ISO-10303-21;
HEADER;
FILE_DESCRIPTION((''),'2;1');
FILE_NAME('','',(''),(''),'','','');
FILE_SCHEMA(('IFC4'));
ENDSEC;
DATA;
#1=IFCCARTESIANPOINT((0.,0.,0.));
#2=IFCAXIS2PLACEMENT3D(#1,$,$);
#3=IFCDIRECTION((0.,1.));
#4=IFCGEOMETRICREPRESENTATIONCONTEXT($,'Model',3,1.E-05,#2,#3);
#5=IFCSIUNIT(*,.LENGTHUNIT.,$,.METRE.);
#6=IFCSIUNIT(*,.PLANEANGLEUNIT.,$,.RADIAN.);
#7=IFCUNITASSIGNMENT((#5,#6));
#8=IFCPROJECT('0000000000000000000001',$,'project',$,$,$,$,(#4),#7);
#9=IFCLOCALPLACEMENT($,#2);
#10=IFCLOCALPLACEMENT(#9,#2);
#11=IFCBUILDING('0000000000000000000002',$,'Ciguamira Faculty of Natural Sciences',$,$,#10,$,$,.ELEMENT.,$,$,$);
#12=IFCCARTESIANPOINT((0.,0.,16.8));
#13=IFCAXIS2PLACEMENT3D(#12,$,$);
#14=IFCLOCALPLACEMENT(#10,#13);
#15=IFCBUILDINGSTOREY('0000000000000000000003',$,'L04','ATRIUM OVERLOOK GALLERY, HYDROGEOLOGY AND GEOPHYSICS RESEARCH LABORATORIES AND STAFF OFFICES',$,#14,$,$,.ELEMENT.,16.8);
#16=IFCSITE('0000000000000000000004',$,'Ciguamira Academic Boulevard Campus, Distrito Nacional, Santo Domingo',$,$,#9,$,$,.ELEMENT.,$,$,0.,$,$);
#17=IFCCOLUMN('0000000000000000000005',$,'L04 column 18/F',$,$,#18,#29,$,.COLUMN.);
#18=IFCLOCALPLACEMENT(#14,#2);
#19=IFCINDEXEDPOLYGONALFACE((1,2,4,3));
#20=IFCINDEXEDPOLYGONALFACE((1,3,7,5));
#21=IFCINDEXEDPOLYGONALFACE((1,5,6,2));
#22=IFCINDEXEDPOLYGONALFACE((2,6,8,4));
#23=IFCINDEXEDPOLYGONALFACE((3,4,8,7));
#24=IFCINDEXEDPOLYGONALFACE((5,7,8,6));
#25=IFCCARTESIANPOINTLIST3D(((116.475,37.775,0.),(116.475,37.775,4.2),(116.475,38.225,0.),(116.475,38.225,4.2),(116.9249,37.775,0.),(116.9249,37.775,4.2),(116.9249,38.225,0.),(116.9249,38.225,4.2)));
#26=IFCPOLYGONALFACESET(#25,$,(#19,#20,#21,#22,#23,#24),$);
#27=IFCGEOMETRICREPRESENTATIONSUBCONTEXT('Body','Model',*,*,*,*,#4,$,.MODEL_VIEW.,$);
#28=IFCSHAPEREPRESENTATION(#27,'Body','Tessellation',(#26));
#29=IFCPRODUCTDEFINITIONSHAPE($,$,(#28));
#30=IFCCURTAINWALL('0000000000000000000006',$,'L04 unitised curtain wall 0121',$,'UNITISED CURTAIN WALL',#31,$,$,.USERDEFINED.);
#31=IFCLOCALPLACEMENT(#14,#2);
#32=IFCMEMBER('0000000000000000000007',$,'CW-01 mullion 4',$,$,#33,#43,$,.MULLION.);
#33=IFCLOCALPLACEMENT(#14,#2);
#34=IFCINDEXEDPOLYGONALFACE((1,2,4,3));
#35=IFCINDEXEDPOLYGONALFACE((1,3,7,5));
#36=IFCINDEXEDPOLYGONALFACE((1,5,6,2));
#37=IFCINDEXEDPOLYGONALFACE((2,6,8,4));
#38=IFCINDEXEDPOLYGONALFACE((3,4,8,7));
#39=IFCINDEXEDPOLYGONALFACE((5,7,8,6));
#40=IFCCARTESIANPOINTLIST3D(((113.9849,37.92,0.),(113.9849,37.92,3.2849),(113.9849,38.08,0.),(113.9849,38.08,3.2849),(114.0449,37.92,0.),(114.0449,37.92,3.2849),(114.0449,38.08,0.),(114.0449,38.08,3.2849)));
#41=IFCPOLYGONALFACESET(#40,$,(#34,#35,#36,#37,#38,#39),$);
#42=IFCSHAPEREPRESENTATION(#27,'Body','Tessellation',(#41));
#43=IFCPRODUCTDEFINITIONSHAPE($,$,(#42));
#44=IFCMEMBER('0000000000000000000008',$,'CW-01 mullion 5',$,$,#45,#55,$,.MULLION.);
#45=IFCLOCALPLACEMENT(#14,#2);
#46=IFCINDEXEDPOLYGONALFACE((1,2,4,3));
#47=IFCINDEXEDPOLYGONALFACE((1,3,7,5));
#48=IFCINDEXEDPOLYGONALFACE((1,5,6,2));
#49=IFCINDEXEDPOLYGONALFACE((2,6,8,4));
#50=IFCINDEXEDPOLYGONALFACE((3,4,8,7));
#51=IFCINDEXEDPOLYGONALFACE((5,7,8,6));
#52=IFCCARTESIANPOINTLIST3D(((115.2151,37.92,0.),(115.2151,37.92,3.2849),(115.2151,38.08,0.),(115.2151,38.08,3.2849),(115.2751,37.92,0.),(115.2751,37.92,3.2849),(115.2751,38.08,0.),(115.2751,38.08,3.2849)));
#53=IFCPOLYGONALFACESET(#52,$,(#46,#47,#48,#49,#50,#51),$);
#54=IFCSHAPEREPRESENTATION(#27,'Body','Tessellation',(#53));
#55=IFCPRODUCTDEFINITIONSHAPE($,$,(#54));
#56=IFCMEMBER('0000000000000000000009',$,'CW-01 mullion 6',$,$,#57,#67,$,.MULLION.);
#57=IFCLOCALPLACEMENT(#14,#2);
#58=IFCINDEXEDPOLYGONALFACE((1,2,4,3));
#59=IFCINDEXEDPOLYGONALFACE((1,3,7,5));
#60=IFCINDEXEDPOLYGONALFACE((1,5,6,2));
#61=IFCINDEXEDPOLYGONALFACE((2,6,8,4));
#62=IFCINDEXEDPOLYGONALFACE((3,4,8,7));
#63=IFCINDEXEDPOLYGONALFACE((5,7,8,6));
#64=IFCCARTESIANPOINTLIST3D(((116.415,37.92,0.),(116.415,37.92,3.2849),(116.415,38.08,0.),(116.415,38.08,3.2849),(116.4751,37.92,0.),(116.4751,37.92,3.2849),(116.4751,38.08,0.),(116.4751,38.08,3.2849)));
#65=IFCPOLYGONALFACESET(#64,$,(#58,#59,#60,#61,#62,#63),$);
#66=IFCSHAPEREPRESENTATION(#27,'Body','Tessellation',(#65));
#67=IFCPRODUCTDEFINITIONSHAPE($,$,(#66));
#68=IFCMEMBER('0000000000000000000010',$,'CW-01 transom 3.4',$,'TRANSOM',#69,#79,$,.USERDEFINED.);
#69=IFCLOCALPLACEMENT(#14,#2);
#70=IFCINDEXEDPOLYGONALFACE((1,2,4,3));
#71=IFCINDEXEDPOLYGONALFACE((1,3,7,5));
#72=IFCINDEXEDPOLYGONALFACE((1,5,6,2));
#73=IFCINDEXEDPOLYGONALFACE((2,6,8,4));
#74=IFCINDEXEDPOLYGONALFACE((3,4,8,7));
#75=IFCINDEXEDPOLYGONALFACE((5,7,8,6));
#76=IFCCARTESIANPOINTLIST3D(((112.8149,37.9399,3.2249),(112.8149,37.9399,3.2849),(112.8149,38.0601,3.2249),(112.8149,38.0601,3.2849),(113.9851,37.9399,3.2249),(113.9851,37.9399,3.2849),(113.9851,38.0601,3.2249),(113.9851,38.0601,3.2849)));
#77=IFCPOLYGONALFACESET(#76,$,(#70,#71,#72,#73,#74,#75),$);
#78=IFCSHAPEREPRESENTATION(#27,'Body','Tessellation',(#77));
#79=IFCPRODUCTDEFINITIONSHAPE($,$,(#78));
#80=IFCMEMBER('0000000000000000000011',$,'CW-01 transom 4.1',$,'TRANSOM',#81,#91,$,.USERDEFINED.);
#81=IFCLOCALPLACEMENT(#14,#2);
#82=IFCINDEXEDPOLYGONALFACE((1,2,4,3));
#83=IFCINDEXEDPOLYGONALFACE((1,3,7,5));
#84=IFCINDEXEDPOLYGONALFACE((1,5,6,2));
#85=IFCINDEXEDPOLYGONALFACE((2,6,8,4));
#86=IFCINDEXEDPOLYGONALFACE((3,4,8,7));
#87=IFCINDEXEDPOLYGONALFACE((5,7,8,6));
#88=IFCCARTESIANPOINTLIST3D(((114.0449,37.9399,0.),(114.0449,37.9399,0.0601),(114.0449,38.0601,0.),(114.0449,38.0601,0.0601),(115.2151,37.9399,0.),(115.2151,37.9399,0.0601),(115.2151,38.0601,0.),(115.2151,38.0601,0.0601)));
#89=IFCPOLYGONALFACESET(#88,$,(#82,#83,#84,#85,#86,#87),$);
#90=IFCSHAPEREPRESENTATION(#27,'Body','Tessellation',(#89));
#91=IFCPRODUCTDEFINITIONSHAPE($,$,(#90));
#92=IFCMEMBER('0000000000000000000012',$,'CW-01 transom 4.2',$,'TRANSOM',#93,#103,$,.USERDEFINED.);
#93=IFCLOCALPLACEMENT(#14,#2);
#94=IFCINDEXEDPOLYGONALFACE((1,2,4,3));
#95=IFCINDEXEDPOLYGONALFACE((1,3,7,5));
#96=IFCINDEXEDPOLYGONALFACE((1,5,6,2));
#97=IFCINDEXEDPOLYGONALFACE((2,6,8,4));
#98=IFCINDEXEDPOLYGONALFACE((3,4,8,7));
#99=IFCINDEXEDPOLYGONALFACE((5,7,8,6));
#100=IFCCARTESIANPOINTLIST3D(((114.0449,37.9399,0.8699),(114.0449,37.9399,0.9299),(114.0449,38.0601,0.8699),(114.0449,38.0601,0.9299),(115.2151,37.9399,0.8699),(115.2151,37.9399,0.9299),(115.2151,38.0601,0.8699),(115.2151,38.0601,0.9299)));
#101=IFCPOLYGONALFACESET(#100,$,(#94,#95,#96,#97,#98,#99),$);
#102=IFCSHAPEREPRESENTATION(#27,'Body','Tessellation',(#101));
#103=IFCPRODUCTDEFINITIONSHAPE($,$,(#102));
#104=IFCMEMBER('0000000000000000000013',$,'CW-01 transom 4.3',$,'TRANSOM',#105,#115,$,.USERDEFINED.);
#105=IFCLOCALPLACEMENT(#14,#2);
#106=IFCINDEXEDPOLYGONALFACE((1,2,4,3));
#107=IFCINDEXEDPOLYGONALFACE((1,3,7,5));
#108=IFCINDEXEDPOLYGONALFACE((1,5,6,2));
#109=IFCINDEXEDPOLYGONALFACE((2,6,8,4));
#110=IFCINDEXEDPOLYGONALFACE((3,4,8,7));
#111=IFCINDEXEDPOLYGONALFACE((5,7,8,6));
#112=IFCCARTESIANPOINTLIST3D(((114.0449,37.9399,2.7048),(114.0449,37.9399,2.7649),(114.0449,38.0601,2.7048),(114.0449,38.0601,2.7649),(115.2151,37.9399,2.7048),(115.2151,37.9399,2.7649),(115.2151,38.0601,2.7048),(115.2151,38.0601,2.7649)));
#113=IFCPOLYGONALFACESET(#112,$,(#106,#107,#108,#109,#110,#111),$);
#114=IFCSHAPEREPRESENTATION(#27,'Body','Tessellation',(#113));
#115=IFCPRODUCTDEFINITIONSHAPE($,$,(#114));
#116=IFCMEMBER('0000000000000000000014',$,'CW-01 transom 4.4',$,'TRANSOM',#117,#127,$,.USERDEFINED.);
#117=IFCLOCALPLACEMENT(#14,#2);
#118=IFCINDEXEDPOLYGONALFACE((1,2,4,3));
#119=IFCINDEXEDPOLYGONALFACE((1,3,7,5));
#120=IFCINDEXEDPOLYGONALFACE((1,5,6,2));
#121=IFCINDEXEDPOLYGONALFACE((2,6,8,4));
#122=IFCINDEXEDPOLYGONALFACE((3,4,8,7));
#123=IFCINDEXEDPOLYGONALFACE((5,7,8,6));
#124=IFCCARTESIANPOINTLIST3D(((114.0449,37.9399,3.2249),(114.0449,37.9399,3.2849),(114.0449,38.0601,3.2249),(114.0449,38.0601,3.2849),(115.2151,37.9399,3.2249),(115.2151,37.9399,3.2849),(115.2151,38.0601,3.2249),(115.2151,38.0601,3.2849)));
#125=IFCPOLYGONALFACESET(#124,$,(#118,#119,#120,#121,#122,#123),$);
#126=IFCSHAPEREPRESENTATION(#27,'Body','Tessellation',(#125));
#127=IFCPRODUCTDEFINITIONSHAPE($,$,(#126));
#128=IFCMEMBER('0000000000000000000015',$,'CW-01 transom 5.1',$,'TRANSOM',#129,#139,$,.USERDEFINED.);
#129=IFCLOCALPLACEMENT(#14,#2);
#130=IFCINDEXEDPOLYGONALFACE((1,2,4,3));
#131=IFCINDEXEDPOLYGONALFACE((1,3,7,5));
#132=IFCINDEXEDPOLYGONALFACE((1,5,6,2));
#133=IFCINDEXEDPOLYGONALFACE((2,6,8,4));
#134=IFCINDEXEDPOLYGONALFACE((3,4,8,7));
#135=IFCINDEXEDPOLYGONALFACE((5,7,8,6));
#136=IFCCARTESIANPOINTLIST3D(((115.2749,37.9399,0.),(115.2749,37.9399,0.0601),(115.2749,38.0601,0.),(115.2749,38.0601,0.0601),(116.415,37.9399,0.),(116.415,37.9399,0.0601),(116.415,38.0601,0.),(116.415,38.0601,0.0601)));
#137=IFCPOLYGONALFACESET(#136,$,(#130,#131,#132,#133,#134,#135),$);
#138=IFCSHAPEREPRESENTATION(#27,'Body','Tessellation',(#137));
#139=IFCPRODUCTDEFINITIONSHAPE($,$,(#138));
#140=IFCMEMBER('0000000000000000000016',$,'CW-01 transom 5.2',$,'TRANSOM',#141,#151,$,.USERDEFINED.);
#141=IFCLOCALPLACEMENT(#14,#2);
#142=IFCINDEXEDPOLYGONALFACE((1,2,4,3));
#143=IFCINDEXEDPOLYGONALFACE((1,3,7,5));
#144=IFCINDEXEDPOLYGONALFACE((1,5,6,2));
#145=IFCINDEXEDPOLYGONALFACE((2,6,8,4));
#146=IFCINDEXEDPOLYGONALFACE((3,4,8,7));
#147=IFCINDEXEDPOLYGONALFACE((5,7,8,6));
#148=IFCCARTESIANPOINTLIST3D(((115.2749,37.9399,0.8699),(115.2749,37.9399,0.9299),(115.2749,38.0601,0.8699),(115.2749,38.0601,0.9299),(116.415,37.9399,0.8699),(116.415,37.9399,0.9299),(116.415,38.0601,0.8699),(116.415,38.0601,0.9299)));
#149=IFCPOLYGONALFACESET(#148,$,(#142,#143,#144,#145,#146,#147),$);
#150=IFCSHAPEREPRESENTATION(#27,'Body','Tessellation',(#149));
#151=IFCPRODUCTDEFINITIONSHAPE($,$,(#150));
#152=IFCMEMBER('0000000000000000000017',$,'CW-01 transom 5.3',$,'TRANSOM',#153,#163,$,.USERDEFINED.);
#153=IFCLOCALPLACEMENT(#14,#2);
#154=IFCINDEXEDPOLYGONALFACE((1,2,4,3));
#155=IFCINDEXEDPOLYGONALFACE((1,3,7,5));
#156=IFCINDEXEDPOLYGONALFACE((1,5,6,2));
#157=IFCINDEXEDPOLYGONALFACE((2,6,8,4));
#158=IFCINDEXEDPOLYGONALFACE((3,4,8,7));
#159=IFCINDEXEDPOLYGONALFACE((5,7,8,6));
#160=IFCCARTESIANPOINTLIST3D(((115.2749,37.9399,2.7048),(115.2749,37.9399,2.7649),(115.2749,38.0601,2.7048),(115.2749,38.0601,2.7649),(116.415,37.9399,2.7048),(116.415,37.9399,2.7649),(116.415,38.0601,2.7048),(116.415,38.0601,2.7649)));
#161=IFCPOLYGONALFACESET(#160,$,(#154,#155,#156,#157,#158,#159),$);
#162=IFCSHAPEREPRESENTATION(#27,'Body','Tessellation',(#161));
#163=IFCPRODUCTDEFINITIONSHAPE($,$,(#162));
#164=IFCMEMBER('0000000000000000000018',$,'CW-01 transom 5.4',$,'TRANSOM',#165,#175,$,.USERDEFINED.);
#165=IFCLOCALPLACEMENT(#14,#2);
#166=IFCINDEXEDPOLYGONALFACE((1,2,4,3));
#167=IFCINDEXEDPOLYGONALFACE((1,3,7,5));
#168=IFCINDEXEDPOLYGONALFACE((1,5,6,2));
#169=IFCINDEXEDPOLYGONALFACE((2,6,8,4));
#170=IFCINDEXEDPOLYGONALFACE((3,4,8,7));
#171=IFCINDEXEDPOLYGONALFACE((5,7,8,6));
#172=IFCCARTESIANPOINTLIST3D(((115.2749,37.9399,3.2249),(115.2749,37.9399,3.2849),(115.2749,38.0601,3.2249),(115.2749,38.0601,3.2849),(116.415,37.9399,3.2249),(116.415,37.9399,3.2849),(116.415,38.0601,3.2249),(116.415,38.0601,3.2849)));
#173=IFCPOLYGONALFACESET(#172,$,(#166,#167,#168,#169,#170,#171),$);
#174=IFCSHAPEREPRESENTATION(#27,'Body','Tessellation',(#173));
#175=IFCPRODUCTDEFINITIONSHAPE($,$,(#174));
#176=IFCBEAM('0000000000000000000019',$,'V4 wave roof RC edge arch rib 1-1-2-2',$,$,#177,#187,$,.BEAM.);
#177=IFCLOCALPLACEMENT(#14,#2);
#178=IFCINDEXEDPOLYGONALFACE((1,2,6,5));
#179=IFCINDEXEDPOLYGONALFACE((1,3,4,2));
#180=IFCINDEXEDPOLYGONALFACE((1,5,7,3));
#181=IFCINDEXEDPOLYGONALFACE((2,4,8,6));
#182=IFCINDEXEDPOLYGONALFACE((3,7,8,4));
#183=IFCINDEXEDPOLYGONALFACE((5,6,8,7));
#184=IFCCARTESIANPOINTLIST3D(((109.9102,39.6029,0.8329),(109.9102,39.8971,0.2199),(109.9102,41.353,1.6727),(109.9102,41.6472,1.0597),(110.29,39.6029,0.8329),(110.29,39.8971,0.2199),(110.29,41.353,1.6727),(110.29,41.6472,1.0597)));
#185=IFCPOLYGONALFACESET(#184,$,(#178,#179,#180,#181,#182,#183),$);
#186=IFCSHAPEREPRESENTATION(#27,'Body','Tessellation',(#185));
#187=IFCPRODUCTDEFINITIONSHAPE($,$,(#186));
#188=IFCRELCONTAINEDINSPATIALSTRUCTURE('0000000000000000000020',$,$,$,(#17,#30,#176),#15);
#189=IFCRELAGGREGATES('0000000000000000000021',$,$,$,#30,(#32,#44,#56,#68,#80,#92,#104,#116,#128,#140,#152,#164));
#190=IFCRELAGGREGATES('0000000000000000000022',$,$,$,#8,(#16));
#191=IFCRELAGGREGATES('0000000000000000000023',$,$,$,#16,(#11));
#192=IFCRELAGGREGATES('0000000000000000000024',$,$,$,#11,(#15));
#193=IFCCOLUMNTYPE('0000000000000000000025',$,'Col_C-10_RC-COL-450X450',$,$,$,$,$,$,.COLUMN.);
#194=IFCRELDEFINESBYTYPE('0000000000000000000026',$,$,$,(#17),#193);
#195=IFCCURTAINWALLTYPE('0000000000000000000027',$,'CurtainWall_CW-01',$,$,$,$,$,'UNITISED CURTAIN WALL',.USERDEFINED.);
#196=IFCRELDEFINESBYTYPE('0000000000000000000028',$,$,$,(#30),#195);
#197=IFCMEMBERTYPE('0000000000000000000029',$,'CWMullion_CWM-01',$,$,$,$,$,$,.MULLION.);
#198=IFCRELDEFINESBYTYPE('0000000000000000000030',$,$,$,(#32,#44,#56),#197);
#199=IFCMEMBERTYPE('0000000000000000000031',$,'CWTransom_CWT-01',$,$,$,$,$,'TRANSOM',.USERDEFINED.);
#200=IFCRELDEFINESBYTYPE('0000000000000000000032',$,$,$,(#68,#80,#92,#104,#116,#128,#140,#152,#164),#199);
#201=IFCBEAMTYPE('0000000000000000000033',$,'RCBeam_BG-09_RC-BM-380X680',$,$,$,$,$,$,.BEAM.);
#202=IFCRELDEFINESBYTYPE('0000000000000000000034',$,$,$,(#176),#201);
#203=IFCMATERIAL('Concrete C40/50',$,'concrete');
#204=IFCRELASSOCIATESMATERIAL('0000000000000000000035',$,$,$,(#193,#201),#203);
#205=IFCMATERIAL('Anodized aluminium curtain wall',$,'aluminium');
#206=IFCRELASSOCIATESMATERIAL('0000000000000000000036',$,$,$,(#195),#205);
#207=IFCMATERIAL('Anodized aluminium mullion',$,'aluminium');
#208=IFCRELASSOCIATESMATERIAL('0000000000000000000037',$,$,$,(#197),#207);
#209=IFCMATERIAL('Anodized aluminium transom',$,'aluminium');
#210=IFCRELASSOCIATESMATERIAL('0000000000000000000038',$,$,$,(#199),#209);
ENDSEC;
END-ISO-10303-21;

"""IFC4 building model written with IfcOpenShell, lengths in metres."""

from ifc_helpers import new_model, si_unit, direction, frame, origin, origin_2d, place, context, subcontext, project, spatial, rectangle, extrude, material, material_profile, profile_set, type_object, element, aggregate, save


model = new_model("IFC4")

# Units and contexts
model_context = context("Model", 3, precision=1e-05, world=origin(), true_north=direction((0.0, 1.0)))
body_context = subcontext(model_context, "Body", "Model", "MODEL_VIEW")
ifc_project = project(units=[si_unit("LENGTHUNIT", "METRE"), si_unit("PLANEANGLEUNIT", "RADIAN")], contexts=[model_context])

# Site, building, storey
site_placement = place(None, origin())
site = spatial("IfcSite", under=ifc_project, at=site_placement, Name="Ciguamira Academic Boulevard Campus, Distrito Nacional, Santo Domingo", CompositionType="ELEMENT", RefElevation=0.0)
building_placement = place(site_placement, origin())
building = spatial("IfcBuilding", under=site, at=building_placement, Name="Ciguamira Faculty of Natural Sciences", CompositionType="ELEMENT")
storey_placement = place(building_placement, frame((0.0, 0.0, 16.8)))
storey = spatial("IfcBuildingStorey", under=building, at=storey_placement, Name="L04", Description="ATRIUM OVERLOOK GALLERY, HYDROGEOLOGY AND GEOPHYSICS RESEARCH LABORATORIES AND STAFF OFFICES", CompositionType="ELEMENT", Elevation=16.8)

# Column
ifc_material_1 = material(Name="Concrete C40/50", Category="concrete")
ifc_material_profile_1 = material_profile(ifc_material_1, rectangle(XDim=0.45, YDim=0.45, at=origin_2d()), Name="RC-COL-450X450")
ifc_profile_set_1 = profile_set([ifc_material_profile_1], Name="Concrete C40/50")
column_type = type_object("IfcColumnType", Name="Col_C-10_RC-COL-450X450", PredefinedType="COLUMN", material=ifc_profile_set_1)
column_placement = place(storey_placement, frame((116.7, 38.0, 0.0), z_axis=(0.0, 0.0, 1.0), x_axis=(1.0, 0.0, 0.0)))
element("IfcColumn", 1, at=column_placement, inside=storey, type_object=column_type, Name="L04 column 18/F", PredefinedType="COLUMN", context=body_context, shape_type="SweptSolid", body=[
    extrude(rectangle(XDim=0.45, YDim=0.45, at=origin_2d()), origin(), (0.0, 0.0, 1.0), 4.2),
])

# Curtain wall, members
ifc_material_2 = material(Name="Anodized aluminium curtain wall", Category="aluminium")
curtain_wall_type = type_object("IfcCurtainWallType", Name="CurtainWall_CW-01", ElementType="UNITISED CURTAIN WALL", PredefinedType="USERDEFINED", material=ifc_material_2)
curtain_wall_placement = place(storey_placement, origin())
curtain_wall = element("IfcCurtainWall", 2, at=curtain_wall_placement, inside=storey, type_object=curtain_wall_type, Name="L04 unitised curtain wall 0121", ObjectType="UNITISED CURTAIN WALL", PredefinedType="USERDEFINED")
ifc_material_3 = material(Name="Anodized aluminium mullion", Category="aluminium")
ifc_material_profile_2 = material_profile(ifc_material_3, rectangle(XDim=0.0601, YDim=0.1599, at=origin_2d()), Name="ALU-MUL-60X160")
ifc_profile_set_2 = profile_set([ifc_material_profile_2], Name="Anodized aluminium mullion")
member_type_1 = type_object("IfcMemberType", Name="CWMullion_CWM-01", PredefinedType="MULLION", material=ifc_profile_set_2)
member_1_placement = place(storey_placement, frame((114.0149, 38.0, 0.0), z_axis=(0.0, 0.0, 1.0), x_axis=(1.0, 0.0, 0.0)))
member_1 = element("IfcMember", 3, at=member_1_placement, type_object=member_type_1, Name="CW-01 mullion 4", PredefinedType="MULLION", context=body_context, shape_type="SweptSolid", body=[
    extrude(rectangle(XDim=0.0601, YDim=0.1599, at=origin_2d()), origin(), (0.0, 0.0, 1.0), 3.2849),
])
member_2_placement = place(storey_placement, frame((115.2451, 38.0, 0.0), z_axis=(0.0, 0.0, 1.0), x_axis=(1.0, 0.0, 0.0)))
member_2 = element("IfcMember", 4, at=member_2_placement, type_object=member_type_1, Name="CW-01 mullion 5", PredefinedType="MULLION", context=body_context, shape_type="SweptSolid", body=[
    extrude(rectangle(XDim=0.0601, YDim=0.1599, at=origin_2d()), origin(), (0.0, 0.0, 1.0), 3.2849),
])
member_3_placement = place(storey_placement, frame((116.4451, 38.0, 0.0), z_axis=(0.0, 0.0, 1.0), x_axis=(1.0, 0.0, 0.0)))
member_3 = element("IfcMember", 5, at=member_3_placement, type_object=member_type_1, Name="CW-01 mullion 6", PredefinedType="MULLION", context=body_context, shape_type="SweptSolid", body=[
    extrude(rectangle(XDim=0.0601, YDim=0.1599, at=origin_2d()), origin(), (0.0, 0.0, 1.0), 3.2849),
])
ifc_material_4 = material(Name="Anodized aluminium transom", Category="aluminium")
ifc_material_profile_3 = material_profile(ifc_material_4, rectangle(XDim=0.0601, YDim=0.1201, at=origin_2d()), Name="ALU-TRN-60X120")
ifc_profile_set_3 = profile_set([ifc_material_profile_3], Name="Anodized aluminium transom")
member_type_2 = type_object("IfcMemberType", Name="CWTransom_CWT-01", ElementType="TRANSOM", PredefinedType="USERDEFINED", material=ifc_profile_set_3)
member_4_placement = place(storey_placement, frame((112.8149, 38.0, 3.2549), z_axis=(1.0, 0.0, 0.0), x_axis=(0.0, 0.0, 1.0)))
member_4 = element("IfcMember", 6, at=member_4_placement, type_object=member_type_2, Name="CW-01 transom 3.4", ObjectType="TRANSOM", PredefinedType="USERDEFINED", context=body_context, shape_type="SweptSolid", body=[
    extrude(rectangle(XDim=0.0601, YDim=0.1201, at=origin_2d()), origin(), (0.0, 0.0, 1.0), 1.1702),
])
member_5_placement = place(storey_placement, frame((114.0449, 38.0, 0.03), z_axis=(1.0, 0.0, 0.0), x_axis=(0.0, 0.0, 1.0)))
member_5 = element("IfcMember", 7, at=member_5_placement, type_object=member_type_2, Name="CW-01 transom 4.1", ObjectType="TRANSOM", PredefinedType="USERDEFINED", context=body_context, shape_type="SweptSolid", body=[
    extrude(rectangle(XDim=0.0601, YDim=0.1201, at=origin_2d()), origin(), (0.0, 0.0, 1.0), 1.1702),
])
member_6_placement = place(storey_placement, frame((114.0449, 38.0, 0.8999), z_axis=(1.0, 0.0, 0.0), x_axis=(0.0, 0.0, 1.0)))
member_6 = element("IfcMember", 8, at=member_6_placement, type_object=member_type_2, Name="CW-01 transom 4.2", ObjectType="TRANSOM", PredefinedType="USERDEFINED", context=body_context, shape_type="SweptSolid", body=[
    extrude(rectangle(XDim=0.0601, YDim=0.1201, at=origin_2d()), origin(), (0.0, 0.0, 1.0), 1.1702),
])
member_7_placement = place(storey_placement, frame((114.0449, 38.0, 2.7349), z_axis=(1.0, 0.0, 0.0), x_axis=(0.0, 0.0, 1.0)))
member_7 = element("IfcMember", 9, at=member_7_placement, type_object=member_type_2, Name="CW-01 transom 4.3", ObjectType="TRANSOM", PredefinedType="USERDEFINED", context=body_context, shape_type="SweptSolid", body=[
    extrude(rectangle(XDim=0.0601, YDim=0.1201, at=origin_2d()), origin(), (0.0, 0.0, 1.0), 1.1702),
])
member_8_placement = place(storey_placement, frame((114.0449, 38.0, 3.2549), z_axis=(1.0, 0.0, 0.0), x_axis=(0.0, 0.0, 1.0)))
member_8 = element("IfcMember", 10, at=member_8_placement, type_object=member_type_2, Name="CW-01 transom 4.4", ObjectType="TRANSOM", PredefinedType="USERDEFINED", context=body_context, shape_type="SweptSolid", body=[
    extrude(rectangle(XDim=0.0601, YDim=0.1201, at=origin_2d()), origin(), (0.0, 0.0, 1.0), 1.1702),
])
member_9_placement = place(storey_placement, frame((115.2749, 38.0, 0.03), z_axis=(1.0, 0.0, 0.0), x_axis=(0.0, 0.0, 1.0)))
member_9 = element("IfcMember", 11, at=member_9_placement, type_object=member_type_2, Name="CW-01 transom 5.1", ObjectType="TRANSOM", PredefinedType="USERDEFINED", context=body_context, shape_type="SweptSolid", body=[
    extrude(rectangle(XDim=0.0601, YDim=0.1201, at=origin_2d()), origin(), (0.0, 0.0, 1.0), 1.1401),
])
member_10_placement = place(storey_placement, frame((115.2749, 38.0, 0.8999), z_axis=(1.0, 0.0, 0.0), x_axis=(0.0, 0.0, 1.0)))
member_10 = element("IfcMember", 12, at=member_10_placement, type_object=member_type_2, Name="CW-01 transom 5.2", ObjectType="TRANSOM", PredefinedType="USERDEFINED", context=body_context, shape_type="SweptSolid", body=[
    extrude(rectangle(XDim=0.0601, YDim=0.1201, at=origin_2d()), origin(), (0.0, 0.0, 1.0), 1.1401),
])
member_11_placement = place(storey_placement, frame((115.2749, 38.0, 2.7349), z_axis=(1.0, 0.0, 0.0), x_axis=(0.0, 0.0, 1.0)))
member_11 = element("IfcMember", 13, at=member_11_placement, type_object=member_type_2, Name="CW-01 transom 5.3", ObjectType="TRANSOM", PredefinedType="USERDEFINED", context=body_context, shape_type="SweptSolid", body=[
    extrude(rectangle(XDim=0.0601, YDim=0.1201, at=origin_2d()), origin(), (0.0, 0.0, 1.0), 1.1401),
])
member_12_placement = place(storey_placement, frame((115.2749, 38.0, 3.2549), z_axis=(1.0, 0.0, 0.0), x_axis=(0.0, 0.0, 1.0)))
member_12 = element("IfcMember", 14, at=member_12_placement, type_object=member_type_2, Name="CW-01 transom 5.4", ObjectType="TRANSOM", PredefinedType="USERDEFINED", context=body_context, shape_type="SweptSolid", body=[
    extrude(rectangle(XDim=0.0601, YDim=0.1201, at=origin_2d()), origin(), (0.0, 0.0, 1.0), 1.1401),
])

# Beam
ifc_material_profile_4 = material_profile(ifc_material_1, rectangle(XDim=0.3799, YDim=0.6799, at=origin_2d()), Name="RC-BM-380X680")
ifc_profile_set_4 = profile_set([ifc_material_profile_4], Name="Concrete C40/50")
beam_type = type_object("IfcBeamType", Name="RCBeam_BG-09_RC-BM-380X680", PredefinedType="BEAM", material=ifc_profile_set_4)
beam_placement = place(storey_placement, frame((110.1001, 39.75, 0.5264), z_axis=(0.0, 0.901554, 0.432666), x_axis=(-1.0, 0.0, 0.0)))
element("IfcBeam", 15, at=beam_placement, inside=storey, type_object=beam_type, Name="V4 wave roof RC edge arch rib 1-1-2-2", PredefinedType="BEAM", context=body_context, shape_type="SweptSolid", body=[
    extrude(rectangle(XDim=0.3799, YDim=0.6799, at=origin_2d()), origin(), (0.0, 0.0, 1.0), 1.9412),
])

aggregate(curtain_wall, [member_1, member_2, member_3, member_4, member_5, member_6, member_7, member_8, member_9, member_10, member_11, member_12])

save(model, "model.ifc")
